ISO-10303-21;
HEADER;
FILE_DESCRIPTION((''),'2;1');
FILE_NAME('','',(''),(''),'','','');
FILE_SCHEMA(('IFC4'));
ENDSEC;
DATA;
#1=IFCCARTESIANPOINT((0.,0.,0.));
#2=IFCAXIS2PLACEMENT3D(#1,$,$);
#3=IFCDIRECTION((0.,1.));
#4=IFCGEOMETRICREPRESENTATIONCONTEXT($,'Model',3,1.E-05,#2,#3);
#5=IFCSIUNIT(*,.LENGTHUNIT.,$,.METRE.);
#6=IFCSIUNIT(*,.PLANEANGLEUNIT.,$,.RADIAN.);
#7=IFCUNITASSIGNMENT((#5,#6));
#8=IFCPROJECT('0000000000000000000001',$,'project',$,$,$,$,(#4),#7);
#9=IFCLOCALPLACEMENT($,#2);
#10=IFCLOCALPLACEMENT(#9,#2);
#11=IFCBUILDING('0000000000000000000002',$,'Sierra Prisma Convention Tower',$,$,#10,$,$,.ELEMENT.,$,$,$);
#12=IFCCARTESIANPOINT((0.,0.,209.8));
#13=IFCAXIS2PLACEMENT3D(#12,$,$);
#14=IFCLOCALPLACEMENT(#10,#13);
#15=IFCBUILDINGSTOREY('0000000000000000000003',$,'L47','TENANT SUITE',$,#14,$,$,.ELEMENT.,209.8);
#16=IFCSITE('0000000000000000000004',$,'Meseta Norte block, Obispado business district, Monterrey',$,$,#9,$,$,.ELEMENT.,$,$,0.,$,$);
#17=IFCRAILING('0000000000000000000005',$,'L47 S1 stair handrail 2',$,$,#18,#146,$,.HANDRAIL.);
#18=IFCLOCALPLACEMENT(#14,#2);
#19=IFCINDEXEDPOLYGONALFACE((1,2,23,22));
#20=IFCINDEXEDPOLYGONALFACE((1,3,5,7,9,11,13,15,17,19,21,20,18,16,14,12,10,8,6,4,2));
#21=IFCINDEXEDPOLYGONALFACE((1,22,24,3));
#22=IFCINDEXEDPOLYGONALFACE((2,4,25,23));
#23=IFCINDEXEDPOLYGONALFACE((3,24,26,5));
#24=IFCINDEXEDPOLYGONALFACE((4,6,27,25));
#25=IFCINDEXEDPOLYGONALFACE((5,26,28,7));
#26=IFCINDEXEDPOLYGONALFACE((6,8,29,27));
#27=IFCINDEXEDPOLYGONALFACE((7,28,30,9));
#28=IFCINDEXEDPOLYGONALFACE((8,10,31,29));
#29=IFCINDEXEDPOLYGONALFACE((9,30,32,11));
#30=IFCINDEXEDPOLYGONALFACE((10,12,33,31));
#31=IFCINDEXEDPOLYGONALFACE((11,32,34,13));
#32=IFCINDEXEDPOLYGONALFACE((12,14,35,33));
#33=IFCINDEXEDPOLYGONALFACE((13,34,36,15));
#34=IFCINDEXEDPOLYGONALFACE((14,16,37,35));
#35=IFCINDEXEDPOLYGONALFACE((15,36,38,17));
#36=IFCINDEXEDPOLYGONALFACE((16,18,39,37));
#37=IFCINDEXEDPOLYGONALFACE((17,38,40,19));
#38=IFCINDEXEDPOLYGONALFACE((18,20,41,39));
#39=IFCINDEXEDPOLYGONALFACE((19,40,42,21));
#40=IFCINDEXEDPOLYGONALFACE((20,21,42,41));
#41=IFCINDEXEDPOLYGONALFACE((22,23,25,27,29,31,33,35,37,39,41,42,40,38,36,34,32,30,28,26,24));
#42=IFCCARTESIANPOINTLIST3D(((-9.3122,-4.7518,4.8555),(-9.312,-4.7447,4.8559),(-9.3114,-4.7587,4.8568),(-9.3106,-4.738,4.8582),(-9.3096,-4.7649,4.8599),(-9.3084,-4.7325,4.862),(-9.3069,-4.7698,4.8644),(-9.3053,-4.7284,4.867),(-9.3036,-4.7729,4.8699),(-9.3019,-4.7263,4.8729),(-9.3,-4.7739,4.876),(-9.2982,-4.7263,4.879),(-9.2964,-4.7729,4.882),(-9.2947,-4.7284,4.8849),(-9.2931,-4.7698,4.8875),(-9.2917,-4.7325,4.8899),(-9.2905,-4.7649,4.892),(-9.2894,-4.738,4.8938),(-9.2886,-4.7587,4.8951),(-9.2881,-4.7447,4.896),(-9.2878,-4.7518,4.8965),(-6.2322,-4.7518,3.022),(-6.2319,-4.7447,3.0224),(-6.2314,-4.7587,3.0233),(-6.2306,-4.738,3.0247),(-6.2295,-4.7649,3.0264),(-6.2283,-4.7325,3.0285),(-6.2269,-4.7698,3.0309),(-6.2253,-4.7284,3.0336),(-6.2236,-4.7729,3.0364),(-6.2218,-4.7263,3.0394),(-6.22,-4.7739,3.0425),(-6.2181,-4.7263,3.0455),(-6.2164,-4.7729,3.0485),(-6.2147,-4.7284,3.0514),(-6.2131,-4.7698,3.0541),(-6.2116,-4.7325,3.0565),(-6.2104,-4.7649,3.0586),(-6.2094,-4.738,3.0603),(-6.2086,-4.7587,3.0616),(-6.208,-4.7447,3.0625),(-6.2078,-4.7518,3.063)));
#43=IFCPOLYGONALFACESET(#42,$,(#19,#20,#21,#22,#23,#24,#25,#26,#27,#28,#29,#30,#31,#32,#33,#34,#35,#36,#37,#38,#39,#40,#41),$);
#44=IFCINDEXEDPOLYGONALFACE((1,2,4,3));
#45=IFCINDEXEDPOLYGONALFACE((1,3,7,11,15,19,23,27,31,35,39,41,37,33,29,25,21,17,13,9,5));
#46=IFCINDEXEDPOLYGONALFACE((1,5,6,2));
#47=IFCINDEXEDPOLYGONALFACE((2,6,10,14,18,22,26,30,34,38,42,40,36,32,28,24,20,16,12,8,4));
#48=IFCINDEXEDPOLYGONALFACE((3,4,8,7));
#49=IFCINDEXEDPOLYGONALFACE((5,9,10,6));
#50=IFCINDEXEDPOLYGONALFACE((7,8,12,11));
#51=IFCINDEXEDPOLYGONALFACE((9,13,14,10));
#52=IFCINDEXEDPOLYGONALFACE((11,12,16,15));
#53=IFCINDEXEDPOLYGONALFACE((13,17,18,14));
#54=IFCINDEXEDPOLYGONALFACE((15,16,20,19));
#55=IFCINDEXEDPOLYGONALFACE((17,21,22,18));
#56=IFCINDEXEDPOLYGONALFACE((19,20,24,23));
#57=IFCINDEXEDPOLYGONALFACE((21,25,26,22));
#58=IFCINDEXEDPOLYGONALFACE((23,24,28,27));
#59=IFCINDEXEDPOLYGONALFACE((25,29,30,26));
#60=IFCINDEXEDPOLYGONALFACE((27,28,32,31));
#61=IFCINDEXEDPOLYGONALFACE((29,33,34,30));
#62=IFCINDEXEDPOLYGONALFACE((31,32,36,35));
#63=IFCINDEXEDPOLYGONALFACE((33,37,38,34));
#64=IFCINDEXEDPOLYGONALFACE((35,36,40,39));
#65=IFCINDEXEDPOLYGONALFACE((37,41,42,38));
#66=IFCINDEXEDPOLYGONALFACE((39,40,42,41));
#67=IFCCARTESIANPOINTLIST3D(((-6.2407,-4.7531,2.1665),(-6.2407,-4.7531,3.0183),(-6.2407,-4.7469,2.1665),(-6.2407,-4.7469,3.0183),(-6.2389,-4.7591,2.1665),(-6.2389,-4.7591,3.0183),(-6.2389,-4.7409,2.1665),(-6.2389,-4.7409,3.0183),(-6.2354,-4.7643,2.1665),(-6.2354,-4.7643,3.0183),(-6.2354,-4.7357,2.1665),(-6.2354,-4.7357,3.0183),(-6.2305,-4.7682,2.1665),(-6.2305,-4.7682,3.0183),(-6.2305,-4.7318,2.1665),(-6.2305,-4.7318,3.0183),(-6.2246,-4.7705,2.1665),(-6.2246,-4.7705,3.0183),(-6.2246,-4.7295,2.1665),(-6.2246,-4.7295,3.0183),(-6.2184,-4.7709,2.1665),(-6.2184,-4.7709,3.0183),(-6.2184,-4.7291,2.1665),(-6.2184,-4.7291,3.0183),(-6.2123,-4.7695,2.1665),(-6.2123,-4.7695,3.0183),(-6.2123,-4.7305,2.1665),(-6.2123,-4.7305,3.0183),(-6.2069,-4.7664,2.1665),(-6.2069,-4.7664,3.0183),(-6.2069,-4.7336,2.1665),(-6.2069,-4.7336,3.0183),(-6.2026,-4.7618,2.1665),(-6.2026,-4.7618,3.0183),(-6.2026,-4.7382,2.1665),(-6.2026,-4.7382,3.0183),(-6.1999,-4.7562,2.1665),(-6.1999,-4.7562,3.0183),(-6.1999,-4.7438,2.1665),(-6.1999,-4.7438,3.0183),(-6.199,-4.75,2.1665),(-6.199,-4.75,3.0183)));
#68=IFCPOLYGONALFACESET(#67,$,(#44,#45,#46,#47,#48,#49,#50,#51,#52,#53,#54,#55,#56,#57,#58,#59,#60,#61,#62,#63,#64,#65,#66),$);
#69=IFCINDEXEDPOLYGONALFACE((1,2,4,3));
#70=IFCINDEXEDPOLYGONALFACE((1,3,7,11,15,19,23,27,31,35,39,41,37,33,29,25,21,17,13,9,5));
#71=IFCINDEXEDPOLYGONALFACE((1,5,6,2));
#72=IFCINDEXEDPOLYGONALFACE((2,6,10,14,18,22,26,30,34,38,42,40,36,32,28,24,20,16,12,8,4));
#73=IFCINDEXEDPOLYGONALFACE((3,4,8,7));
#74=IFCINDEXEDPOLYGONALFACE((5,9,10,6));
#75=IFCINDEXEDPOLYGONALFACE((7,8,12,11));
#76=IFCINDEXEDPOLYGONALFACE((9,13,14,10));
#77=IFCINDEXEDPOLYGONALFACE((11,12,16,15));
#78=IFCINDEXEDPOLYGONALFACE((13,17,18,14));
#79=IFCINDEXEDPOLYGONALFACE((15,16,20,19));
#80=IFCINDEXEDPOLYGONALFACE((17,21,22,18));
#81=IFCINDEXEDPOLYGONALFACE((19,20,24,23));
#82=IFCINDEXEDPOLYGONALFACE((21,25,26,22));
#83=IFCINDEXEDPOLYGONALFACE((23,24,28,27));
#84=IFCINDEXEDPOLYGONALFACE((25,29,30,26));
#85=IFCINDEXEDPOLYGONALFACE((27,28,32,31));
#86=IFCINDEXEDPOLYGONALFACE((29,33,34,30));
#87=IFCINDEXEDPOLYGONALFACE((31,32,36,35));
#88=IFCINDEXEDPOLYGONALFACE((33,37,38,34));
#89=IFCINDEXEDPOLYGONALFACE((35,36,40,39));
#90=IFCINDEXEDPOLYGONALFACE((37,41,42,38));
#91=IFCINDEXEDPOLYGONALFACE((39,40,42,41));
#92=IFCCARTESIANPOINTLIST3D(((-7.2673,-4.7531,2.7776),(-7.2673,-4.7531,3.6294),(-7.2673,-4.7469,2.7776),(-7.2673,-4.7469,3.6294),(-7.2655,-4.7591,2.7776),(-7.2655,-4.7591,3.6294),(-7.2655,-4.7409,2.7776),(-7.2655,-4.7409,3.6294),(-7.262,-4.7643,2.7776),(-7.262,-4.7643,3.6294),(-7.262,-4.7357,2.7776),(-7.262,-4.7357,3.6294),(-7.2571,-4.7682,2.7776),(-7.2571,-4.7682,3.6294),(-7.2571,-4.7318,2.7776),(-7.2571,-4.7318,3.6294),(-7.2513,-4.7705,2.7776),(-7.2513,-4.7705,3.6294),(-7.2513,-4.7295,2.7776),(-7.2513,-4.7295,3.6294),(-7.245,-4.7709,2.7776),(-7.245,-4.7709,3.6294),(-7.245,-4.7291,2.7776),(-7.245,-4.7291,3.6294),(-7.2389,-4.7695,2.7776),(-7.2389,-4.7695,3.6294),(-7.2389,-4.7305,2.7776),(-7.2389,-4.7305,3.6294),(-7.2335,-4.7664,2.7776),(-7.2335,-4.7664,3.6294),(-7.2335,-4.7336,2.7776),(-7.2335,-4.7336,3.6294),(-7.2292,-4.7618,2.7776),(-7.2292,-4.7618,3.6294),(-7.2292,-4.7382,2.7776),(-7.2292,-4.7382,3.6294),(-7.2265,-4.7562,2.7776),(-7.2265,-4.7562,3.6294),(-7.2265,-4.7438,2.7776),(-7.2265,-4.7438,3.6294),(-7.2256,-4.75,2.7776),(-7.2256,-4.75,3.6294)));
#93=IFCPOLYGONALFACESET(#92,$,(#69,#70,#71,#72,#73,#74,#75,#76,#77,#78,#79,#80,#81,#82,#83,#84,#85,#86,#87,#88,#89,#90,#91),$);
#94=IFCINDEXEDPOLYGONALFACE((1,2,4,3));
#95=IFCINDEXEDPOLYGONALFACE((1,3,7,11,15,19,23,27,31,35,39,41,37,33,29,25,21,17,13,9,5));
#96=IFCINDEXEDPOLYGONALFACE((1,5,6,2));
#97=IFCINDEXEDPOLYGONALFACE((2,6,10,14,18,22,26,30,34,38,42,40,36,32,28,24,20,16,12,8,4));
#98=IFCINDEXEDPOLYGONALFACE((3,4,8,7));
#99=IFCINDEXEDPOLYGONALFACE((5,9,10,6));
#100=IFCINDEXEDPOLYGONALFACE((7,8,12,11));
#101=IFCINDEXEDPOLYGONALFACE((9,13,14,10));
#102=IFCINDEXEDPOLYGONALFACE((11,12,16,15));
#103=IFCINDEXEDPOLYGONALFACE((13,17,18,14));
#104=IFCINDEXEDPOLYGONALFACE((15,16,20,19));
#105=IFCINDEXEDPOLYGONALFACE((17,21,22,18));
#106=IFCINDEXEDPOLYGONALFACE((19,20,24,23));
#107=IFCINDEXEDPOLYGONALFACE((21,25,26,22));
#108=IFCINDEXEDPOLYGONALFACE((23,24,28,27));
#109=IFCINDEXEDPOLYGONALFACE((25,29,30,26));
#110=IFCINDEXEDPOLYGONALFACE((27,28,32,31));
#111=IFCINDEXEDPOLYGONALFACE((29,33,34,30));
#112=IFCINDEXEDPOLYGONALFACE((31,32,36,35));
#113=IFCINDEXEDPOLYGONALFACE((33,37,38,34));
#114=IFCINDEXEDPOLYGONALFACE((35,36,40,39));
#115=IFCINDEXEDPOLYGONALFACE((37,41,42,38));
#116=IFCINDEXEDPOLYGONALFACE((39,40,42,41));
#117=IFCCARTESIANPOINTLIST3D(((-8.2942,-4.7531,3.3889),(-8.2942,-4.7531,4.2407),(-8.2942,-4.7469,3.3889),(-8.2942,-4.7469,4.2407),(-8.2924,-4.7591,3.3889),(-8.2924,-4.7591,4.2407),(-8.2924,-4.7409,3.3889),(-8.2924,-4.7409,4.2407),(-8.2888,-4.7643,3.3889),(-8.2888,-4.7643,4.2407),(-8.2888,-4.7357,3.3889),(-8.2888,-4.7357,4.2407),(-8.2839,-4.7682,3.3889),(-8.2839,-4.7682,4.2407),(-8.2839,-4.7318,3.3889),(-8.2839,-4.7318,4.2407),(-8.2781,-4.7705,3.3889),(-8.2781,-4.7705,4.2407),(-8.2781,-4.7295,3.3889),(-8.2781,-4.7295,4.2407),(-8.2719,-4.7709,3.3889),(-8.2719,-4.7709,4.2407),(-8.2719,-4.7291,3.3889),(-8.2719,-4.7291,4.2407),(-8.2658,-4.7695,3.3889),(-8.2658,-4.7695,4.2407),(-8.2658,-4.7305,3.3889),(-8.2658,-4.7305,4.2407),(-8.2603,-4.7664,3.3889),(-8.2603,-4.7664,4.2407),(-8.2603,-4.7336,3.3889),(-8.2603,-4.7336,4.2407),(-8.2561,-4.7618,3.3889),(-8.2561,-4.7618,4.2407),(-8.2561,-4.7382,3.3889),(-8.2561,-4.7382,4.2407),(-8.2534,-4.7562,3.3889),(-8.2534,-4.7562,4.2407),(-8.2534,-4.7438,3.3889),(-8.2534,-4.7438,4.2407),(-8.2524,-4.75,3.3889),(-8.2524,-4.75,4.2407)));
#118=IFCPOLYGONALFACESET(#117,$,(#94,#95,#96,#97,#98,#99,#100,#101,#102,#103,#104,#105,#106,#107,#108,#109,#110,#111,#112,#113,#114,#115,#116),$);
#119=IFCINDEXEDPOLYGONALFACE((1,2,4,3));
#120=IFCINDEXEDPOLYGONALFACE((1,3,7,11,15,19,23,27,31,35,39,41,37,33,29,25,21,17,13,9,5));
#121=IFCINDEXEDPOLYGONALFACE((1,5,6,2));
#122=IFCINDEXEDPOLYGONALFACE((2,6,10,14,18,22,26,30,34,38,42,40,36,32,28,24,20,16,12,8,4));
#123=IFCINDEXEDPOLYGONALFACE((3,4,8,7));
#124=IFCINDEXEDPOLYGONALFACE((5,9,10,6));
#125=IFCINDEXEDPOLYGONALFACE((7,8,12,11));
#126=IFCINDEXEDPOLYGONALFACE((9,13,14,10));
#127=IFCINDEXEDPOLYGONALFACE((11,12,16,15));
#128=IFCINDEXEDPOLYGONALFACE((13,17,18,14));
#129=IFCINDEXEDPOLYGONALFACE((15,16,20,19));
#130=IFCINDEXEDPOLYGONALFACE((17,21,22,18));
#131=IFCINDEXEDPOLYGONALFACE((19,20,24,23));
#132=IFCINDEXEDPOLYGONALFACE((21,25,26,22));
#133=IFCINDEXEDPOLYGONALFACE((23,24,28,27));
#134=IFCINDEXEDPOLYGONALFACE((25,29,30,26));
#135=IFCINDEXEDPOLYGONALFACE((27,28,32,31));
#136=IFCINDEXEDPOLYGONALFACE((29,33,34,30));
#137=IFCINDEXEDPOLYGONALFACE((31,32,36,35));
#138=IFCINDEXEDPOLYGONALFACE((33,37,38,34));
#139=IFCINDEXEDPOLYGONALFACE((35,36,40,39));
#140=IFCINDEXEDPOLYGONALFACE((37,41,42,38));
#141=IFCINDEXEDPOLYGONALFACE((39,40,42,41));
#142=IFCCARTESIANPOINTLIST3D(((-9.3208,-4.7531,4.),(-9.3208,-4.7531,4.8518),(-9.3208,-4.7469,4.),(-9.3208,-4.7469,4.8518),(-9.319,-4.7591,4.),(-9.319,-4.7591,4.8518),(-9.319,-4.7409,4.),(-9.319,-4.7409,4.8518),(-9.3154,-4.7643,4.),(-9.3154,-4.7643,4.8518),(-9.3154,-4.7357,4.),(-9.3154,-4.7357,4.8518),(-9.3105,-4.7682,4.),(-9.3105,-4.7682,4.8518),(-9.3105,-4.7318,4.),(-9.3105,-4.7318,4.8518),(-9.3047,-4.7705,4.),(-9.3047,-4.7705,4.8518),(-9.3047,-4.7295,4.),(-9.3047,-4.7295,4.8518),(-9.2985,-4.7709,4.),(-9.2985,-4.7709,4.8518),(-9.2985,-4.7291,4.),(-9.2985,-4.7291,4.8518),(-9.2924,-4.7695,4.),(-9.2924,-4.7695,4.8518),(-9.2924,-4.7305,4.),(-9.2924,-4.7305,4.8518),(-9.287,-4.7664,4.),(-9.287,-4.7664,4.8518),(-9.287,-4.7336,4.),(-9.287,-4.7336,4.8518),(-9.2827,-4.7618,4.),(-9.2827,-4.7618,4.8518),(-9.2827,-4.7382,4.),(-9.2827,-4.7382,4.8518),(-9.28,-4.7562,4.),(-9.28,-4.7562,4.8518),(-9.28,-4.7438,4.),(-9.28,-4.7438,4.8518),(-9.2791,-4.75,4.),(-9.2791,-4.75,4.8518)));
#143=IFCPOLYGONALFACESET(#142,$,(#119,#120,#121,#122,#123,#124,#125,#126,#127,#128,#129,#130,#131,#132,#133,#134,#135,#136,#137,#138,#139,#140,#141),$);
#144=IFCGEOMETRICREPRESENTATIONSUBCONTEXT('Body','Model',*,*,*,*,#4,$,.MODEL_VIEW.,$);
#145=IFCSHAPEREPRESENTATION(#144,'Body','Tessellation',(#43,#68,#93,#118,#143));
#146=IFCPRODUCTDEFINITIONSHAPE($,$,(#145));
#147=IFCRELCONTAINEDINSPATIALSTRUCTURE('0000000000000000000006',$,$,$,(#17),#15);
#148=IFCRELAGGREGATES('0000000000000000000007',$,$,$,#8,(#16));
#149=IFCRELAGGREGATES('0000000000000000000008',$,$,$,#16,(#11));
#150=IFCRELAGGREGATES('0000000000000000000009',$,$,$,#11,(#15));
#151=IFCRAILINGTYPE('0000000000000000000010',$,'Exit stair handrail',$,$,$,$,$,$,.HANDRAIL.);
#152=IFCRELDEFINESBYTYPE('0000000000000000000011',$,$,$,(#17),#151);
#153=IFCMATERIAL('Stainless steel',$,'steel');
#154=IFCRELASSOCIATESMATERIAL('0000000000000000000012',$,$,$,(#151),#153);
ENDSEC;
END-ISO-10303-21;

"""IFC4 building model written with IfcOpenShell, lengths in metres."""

from ifc_helpers import new_model, si_unit, direction, frame, origin, origin_2d, place, context, subcontext, project, spatial, circle, extrude, material, type_object, element, save


model = new_model("IFC4")

# Units and contexts
model_context = context("Model", 3, precision=1e-05, world=origin(), true_north=direction((0.0, 1.0)))
body_context = subcontext(model_context, "Body", "Model", "MODEL_VIEW")
ifc_project = project(units=[si_unit("LENGTHUNIT", "METRE"), si_unit("PLANEANGLEUNIT", "RADIAN")], contexts=[model_context])

# Site, building, storey
site_placement = place(None, origin())
site = spatial("IfcSite", under=ifc_project, at=site_placement, Name="Meseta Norte block, Obispado business district, Monterrey", CompositionType="ELEMENT", RefElevation=0.0)
building_placement = place(site_placement, origin())
building = spatial("IfcBuilding", under=site, at=building_placement, Name="Sierra Prisma Convention Tower", CompositionType="ELEMENT")
storey_placement = place(building_placement, frame((0.0, 0.0, 209.8)))
storey = spatial("IfcBuildingStorey", under=building, at=storey_placement, Name="L47", Description="TENANT SUITE", CompositionType="ELEMENT", Elevation=209.8)

# Railing
ifc_material_1 = material(Name="Stainless steel", Category="steel")
railing_type_1 = type_object("IfcRailingType", Name="Exit stair handrail", PredefinedType="HANDRAIL", material=ifc_material_1)
railing_1_placement = place(storey_placement, frame((-6.22, -4.75, 2.1665)))
element("IfcRailing", 1, at=railing_1_placement, inside=storey, type_object=railing_type_1, Name="L47 S1 stair handrail 2", PredefinedType="HANDRAIL", context=body_context, shape_type="SweptSolid", body=[
    extrude(circle(Radius=0.0239, at=origin_2d()), frame((0.0, 0.0, 0.876), z_axis=(-0.859279, 0.0, 0.511508), x_axis=(0.0, -1.0, 0.0)), (0.0, 0.0, 1.0), 3.5845),
    extrude(circle(Radius=0.021, at=origin_2d()), origin(), (0.0, 0.0, 1.0), 0.8518),
    extrude(circle(Radius=0.021, at=origin_2d()), frame((-1.0266, 0.0, 0.6111)), (0.0, 0.0, 1.0), 0.8518),
    extrude(circle(Radius=0.021, at=origin_2d()), frame((-2.0535, 0.0, 1.2224)), (0.0, 0.0, 1.0), 0.8518),
    extrude(circle(Radius=0.021, at=origin_2d()), frame((-3.0801, 0.0, 1.8335)), (0.0, 0.0, 1.0), 0.8518),
])

save(model, "model.ifc")
